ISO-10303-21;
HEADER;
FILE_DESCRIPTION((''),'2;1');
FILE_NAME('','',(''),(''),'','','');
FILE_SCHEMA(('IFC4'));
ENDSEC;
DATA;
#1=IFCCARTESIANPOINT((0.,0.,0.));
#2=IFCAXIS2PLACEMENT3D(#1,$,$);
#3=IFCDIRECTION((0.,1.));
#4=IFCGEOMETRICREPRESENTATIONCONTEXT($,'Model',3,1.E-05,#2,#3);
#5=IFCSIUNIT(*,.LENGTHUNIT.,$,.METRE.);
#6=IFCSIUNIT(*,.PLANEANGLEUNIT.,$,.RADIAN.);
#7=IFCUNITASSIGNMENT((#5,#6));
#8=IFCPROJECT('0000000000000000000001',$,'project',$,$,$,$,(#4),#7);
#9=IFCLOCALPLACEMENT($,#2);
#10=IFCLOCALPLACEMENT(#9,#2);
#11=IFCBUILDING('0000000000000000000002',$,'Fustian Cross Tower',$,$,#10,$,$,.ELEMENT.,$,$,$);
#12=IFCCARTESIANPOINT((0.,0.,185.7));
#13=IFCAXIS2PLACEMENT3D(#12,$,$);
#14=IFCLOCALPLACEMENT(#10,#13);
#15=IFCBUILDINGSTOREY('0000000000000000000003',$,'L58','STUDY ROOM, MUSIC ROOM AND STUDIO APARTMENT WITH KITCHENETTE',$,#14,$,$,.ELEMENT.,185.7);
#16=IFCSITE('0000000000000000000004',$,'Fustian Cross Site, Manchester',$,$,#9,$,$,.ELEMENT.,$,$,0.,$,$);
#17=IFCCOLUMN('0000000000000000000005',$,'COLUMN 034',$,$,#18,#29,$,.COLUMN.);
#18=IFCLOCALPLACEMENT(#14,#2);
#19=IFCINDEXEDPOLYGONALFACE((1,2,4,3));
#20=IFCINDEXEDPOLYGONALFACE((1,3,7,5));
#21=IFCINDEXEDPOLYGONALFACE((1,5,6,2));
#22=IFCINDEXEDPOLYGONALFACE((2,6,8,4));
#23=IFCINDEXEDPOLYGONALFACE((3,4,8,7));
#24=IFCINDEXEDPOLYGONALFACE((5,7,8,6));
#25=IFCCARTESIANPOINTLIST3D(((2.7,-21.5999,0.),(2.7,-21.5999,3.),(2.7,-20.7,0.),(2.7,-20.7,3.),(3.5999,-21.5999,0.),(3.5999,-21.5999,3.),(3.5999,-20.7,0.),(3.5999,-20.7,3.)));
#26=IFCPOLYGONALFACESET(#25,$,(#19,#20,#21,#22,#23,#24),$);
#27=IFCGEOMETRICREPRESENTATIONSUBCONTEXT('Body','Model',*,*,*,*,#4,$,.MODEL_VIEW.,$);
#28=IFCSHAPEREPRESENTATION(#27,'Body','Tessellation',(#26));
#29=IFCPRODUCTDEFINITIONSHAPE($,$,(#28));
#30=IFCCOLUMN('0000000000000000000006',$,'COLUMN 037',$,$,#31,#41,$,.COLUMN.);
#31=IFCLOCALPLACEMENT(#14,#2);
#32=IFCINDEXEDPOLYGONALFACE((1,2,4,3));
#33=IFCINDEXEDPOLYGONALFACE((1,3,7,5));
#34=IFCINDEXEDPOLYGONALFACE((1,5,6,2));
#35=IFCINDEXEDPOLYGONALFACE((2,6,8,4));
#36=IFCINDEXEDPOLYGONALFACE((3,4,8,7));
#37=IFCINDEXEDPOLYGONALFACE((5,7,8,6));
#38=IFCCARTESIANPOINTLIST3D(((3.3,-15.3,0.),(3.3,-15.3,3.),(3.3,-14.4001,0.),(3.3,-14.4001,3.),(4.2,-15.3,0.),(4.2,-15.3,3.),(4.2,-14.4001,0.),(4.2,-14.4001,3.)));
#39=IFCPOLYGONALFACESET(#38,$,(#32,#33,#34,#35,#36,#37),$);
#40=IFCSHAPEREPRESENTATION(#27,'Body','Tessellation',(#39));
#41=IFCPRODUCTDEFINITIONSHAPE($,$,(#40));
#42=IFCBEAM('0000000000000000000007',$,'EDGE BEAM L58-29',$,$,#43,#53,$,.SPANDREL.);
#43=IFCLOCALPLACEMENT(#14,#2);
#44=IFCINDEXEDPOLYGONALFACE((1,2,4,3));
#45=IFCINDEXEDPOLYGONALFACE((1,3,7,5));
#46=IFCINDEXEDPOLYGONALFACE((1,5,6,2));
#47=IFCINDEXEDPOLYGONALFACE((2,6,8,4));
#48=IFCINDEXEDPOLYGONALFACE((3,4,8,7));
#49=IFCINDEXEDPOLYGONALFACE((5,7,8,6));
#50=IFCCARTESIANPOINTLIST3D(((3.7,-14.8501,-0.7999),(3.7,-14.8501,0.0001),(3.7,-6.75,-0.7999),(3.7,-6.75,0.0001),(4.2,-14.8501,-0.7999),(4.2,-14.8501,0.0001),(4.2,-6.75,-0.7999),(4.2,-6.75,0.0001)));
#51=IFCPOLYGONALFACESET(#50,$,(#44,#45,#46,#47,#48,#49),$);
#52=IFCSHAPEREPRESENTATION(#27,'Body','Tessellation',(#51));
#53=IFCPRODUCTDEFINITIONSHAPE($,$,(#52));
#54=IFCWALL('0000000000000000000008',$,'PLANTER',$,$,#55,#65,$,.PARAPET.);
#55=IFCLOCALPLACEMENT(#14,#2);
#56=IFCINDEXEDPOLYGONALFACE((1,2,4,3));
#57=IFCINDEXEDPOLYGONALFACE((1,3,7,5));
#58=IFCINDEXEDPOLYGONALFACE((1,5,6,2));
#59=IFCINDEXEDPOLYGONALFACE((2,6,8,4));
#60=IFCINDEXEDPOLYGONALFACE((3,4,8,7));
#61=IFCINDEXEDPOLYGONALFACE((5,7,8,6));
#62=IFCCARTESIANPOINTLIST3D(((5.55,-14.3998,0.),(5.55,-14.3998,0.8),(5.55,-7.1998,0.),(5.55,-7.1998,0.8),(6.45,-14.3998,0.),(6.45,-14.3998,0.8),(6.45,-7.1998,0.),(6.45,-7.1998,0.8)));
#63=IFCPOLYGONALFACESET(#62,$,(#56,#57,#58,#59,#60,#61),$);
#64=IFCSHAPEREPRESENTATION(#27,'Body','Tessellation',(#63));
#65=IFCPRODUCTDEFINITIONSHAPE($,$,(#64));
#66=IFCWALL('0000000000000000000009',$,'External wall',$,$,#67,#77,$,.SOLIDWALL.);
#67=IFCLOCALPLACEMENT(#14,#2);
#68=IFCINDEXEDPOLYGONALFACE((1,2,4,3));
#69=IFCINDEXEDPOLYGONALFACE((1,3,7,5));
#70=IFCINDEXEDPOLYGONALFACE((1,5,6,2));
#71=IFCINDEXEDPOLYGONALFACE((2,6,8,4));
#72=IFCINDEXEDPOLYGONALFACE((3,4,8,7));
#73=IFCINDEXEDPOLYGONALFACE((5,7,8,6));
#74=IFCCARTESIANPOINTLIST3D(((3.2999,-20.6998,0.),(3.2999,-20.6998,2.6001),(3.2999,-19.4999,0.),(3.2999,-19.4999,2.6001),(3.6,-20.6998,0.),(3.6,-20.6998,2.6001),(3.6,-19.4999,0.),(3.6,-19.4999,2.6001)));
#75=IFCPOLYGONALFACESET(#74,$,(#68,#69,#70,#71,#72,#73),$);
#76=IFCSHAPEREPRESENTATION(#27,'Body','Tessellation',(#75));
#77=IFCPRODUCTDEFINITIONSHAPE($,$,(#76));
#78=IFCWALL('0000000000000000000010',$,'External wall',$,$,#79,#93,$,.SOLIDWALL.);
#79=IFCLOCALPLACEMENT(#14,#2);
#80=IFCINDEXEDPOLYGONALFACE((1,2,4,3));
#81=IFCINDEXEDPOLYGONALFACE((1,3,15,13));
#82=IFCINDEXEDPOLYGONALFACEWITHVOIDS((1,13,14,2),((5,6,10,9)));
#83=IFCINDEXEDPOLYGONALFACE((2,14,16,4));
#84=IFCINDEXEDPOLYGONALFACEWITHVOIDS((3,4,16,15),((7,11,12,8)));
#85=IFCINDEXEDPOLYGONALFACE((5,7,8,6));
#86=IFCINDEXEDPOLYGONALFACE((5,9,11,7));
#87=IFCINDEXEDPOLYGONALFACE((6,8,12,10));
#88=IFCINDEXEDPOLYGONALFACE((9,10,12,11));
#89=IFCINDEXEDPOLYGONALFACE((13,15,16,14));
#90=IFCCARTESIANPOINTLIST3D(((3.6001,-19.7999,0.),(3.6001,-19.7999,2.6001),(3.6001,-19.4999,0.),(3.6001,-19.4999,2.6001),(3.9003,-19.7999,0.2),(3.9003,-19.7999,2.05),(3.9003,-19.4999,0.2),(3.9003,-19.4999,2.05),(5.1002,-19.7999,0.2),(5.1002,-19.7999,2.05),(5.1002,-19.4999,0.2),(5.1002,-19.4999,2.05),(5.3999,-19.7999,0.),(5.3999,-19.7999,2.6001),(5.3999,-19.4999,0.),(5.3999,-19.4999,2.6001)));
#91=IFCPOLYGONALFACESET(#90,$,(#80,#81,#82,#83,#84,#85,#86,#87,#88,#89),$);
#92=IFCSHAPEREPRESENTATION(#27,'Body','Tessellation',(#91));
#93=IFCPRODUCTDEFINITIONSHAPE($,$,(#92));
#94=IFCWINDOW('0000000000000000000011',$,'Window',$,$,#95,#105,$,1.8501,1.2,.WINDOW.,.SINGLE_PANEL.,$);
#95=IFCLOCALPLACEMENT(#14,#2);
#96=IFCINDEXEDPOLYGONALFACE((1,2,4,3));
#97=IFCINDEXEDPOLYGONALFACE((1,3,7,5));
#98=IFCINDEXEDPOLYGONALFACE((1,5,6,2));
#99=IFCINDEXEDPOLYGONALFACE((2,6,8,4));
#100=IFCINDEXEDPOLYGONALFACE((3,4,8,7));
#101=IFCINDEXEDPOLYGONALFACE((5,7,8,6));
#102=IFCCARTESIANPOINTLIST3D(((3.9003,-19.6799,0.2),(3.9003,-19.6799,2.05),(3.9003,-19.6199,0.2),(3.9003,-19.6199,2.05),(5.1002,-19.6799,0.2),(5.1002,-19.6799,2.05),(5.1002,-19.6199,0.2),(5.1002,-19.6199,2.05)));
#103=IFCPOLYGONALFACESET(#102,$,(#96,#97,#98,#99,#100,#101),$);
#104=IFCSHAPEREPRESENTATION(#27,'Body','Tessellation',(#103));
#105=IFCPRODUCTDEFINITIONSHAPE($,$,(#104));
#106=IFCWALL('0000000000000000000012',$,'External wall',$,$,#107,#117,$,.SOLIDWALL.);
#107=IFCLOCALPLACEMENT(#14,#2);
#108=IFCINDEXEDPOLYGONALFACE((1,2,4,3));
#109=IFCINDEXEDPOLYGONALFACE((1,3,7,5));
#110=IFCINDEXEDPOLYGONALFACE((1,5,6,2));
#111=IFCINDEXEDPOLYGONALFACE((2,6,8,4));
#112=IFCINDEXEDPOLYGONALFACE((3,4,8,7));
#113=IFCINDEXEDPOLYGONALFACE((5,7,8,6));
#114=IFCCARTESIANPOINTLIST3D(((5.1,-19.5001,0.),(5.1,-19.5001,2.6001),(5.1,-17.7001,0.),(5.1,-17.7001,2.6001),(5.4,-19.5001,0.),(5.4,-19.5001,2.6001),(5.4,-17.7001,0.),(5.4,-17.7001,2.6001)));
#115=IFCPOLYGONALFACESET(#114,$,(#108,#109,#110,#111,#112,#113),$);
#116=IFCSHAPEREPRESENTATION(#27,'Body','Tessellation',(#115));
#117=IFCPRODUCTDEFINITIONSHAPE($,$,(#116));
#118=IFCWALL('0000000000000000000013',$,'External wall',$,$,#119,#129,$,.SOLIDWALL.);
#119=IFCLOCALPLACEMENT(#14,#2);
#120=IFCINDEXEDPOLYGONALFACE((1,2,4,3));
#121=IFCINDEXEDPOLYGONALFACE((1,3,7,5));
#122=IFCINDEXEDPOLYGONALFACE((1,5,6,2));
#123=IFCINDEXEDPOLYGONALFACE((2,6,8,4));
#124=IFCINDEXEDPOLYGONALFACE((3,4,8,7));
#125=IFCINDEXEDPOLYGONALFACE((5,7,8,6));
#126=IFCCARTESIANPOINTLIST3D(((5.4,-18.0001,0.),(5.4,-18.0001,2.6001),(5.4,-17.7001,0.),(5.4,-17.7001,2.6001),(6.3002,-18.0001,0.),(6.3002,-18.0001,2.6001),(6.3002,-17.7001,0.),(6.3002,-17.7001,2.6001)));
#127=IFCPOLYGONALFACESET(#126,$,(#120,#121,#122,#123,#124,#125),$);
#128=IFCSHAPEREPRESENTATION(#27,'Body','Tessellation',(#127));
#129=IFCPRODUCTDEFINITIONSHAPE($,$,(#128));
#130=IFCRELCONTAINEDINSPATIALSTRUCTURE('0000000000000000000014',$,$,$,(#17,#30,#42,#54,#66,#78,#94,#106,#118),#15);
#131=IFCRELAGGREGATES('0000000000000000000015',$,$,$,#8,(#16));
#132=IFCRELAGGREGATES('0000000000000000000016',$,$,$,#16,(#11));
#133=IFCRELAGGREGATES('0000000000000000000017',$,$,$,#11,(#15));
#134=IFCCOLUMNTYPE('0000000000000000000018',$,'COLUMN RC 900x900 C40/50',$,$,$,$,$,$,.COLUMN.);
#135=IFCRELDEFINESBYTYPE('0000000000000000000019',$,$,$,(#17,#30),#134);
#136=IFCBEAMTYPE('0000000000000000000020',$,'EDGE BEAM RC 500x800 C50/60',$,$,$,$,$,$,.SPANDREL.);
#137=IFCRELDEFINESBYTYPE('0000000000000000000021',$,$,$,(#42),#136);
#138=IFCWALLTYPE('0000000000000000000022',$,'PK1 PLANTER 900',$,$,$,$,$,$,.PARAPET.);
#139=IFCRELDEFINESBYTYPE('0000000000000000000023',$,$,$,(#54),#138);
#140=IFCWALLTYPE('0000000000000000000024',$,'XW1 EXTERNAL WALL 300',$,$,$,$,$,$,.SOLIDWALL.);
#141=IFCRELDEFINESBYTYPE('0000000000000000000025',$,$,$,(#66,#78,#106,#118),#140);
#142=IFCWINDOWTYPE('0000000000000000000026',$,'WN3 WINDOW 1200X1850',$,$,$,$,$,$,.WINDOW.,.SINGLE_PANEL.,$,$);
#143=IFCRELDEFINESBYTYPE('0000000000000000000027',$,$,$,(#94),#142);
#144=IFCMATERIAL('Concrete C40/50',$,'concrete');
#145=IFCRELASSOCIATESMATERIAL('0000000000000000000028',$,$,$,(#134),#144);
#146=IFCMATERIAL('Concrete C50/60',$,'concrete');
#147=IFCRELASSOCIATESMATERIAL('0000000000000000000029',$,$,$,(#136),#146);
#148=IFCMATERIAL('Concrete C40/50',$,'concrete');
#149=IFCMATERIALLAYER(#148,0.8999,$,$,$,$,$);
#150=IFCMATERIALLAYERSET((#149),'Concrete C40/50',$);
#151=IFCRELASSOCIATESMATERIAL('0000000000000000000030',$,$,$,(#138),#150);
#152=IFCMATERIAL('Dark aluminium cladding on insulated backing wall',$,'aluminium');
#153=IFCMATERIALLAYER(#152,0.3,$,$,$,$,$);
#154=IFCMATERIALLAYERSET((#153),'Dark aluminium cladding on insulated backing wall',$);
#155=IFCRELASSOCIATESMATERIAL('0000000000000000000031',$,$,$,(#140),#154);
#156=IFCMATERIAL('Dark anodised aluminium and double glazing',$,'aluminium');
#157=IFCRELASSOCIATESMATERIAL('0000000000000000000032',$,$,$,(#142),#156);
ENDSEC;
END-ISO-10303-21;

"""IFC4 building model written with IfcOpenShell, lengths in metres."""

from ifc_helpers import new_model, si_unit, direction, frame, frame_2d, origin, origin_2d, place, context, subcontext, project, spatial, rectangle, extrude, material, layer, layer_set, material_profile, profile_set, type_object, element, fill, save


model = new_model("IFC4")

# Units and contexts
model_context = context("Model", 3, precision=1e-05, world=origin(), true_north=direction((0.0, 1.0)))
body_context = subcontext(model_context, "Body", "Model", "MODEL_VIEW")
ifc_project = project(units=[si_unit("LENGTHUNIT", "METRE"), si_unit("PLANEANGLEUNIT", "RADIAN")], contexts=[model_context])

# Site, building, storey
site_placement = place(None, origin())
site = spatial("IfcSite", under=ifc_project, at=site_placement, Name="Fustian Cross Site, Manchester", CompositionType="ELEMENT", RefElevation=0.0)
building_placement = place(site_placement, origin())
building = spatial("IfcBuilding", under=site, at=building_placement, Name="Fustian Cross Tower", CompositionType="ELEMENT")
storey_placement = place(building_placement, frame((0.0, 0.0, 185.7)))
storey = spatial("IfcBuildingStorey", under=building, at=storey_placement, Name="L58", Description="STUDY ROOM, MUSIC ROOM AND STUDIO APARTMENT WITH KITCHENETTE", CompositionType="ELEMENT", Elevation=185.7)

# Columns
ifc_material_1 = material(Name="Concrete C40/50", Category="concrete")
ifc_material_profile_1 = material_profile(ifc_material_1, rectangle(XDim=0.8999, YDim=0.8999, at=origin_2d()), Name="RC 900x900")
ifc_profile_set_1 = profile_set([ifc_material_profile_1], Name="Concrete C40/50")
column_type = type_object("IfcColumnType", Name="COLUMN RC 900x900 C40/50", PredefinedType="COLUMN", material=ifc_profile_set_1)
for number, where, z_axis, x_axis, name in (
    (1, (3.1499, -21.1499, 0.0), (0.0, 0.0, 1.0), (1.0, 0.0, 0.0), "COLUMN 034"),
    (2, (3.75, -14.8501, 0.0), (0.0, 0.0, 1.0), (1.0, 0.0, 0.0), "COLUMN 037"),
):
    element("IfcColumn", number, at=place(storey_placement, frame(where, z_axis=z_axis, x_axis=x_axis)), inside=storey, type_object=column_type, Name=name, PredefinedType="COLUMN", context=body_context, shape_type="SweptSolid", body=[
        extrude(rectangle(XDim=0.8999, YDim=0.8999, at=origin_2d()), origin(), (0.0, 0.0, 1.0), 3.0),
    ])

# Beam
ifc_material_2 = material(Name="Concrete C50/60", Category="concrete")
ifc_material_profile_2 = material_profile(ifc_material_2, rectangle(XDim=0.5, YDim=0.8, at=origin_2d()), Name="RC 500x800")
ifc_profile_set_2 = profile_set([ifc_material_profile_2], Name="Concrete C50/60")
beam_type = type_object("IfcBeamType", Name="EDGE BEAM RC 500x800 C50/60", PredefinedType="SPANDREL", material=ifc_profile_set_2)
beam_placement = place(storey_placement, frame((3.95, -14.8501, -0.3999), z_axis=(0.0, 1.0, 0.0), x_axis=(-1.0, 0.0, 0.0)))
element("IfcBeam", 3, at=beam_placement, inside=storey, type_object=beam_type, Name="EDGE BEAM L58-29", PredefinedType="SPANDREL", context=body_context, shape_type="SweptSolid", body=[
    extrude(rectangle(XDim=0.5, YDim=0.8, at=origin_2d()), origin(), (0.0, 0.0, 1.0), 8.1001),
])

# Walls
ifc_material_3 = material(Name="Concrete C40/50", Category="concrete")
ifc_layer_1 = layer(ifc_material_3, 0.8999)
ifc_layer_set_1 = layer_set([ifc_layer_1], Name="Concrete C40/50")
wall_type_1 = type_object("IfcWallType", Name="PK1 PLANTER 900", PredefinedType="PARAPET", material=ifc_layer_set_1)
wall_1_placement = place(storey_placement, frame((6.0, -14.3999, 0.0), z_axis=(0.0, 0.0, 1.0), x_axis=(0.0, 1.0, 0.0)))
element("IfcWall", 4, at=wall_1_placement, inside=storey, type_object=wall_type_1, Name="PLANTER", PredefinedType="PARAPET", context=body_context, shape_type="SweptSolid", body=[
    extrude(rectangle(XDim=7.2, YDim=0.8999, at=frame_2d((3.6001, 0.0))), origin(), (0.0, 0.0, 1.0), 0.8),
])
ifc_material_4 = material(Name="Dark aluminium cladding on insulated backing wall", Category="aluminium")
ifc_layer_2 = layer(ifc_material_4, 0.3)
ifc_layer_set_2 = layer_set([ifc_layer_2], Name="Dark aluminium cladding on insulated backing wall")
wall_type_2 = type_object("IfcWallType", Name="XW1 EXTERNAL WALL 300", PredefinedType="SOLIDWALL", material=ifc_layer_set_2)
wall_2_placement = place(storey_placement, frame((3.45, -20.7, 0.0), z_axis=(0.0, 0.0, 1.0), x_axis=(0.0, 1.0, 0.0)))
element("IfcWall", 5, at=wall_2_placement, inside=storey, type_object=wall_type_2, Name="External wall", PredefinedType="SOLIDWALL", context=body_context, shape_type="SweptSolid", body=[
    extrude(rectangle(XDim=1.2, YDim=0.3, at=frame_2d((0.6001, 0.0))), origin(), (0.0, 0.0, 1.0), 2.6001),
])

# Wall, opening, window
wall_3_placement = place(storey_placement, frame((3.6001, -19.6499, 0.0), z_axis=(0.0, 0.0, 1.0), x_axis=(1.0, 0.0, 0.0)))
wall_3 = element("IfcWall", 6, at=wall_3_placement, inside=storey, type_object=wall_type_2, Name="External wall", PredefinedType="SOLIDWALL", context=body_context, shape_type="SweptSolid", body=[
    extrude(rectangle(XDim=1.7998, YDim=0.3, at=frame_2d((0.8999, 0.0))), origin(), (0.0, 0.0, 1.0), 2.6001),
])
opening_1_placement = place(wall_3_placement, frame((0.3, 0.0, 0.2)))
opening_1 = element("IfcOpeningElement", 7, at=opening_1_placement, cuts=wall_3, PredefinedType="OPENING", context=body_context, shape_type="SweptSolid", body=[
    extrude(rectangle(XDim=1.2, YDim=1.8501, at=frame_2d((0.6001, 0.925))), frame((0.0, 0.1599, 0.0), z_axis=(0.0, -1.0, 0.0), x_axis=(1.0, 0.0, 0.0)), (0.0, 0.0, 1.0), 0.3201),
])
ifc_material_5 = material(Name="Dark anodised aluminium and double glazing", Category="aluminium")
window_type_1 = type_object("IfcWindowType", Name="WN3 WINDOW 1200X1850", PartitioningType="SINGLE_PANEL", PredefinedType="WINDOW", material=ifc_material_5)
window_1_placement = place(opening_1_placement, origin())
window_1 = element("IfcWindow", 8, at=window_1_placement, inside=storey, type_object=window_type_1, Name="Window", OverallHeight=1.8501, OverallWidth=1.2, PartitioningType="SINGLE_PANEL", PredefinedType="WINDOW", context=body_context, shape_type="SweptSolid", body=[
    extrude(rectangle(XDim=1.2, YDim=1.8501, at=frame_2d((0.6001, 0.925))), frame((0.0, 0.03, 0.0), z_axis=(0.0, -1.0, 0.0), x_axis=(1.0, 0.0, 0.0)), (0.0, 0.0, 1.0), 0.0601),
])
fill(opening_1, window_1)

# Walls
wall_4_placement = place(storey_placement, frame((5.25, -19.5, 0.0), z_axis=(0.0, 0.0, 1.0), x_axis=(0.0, 1.0, 0.0)))
element("IfcWall", 9, at=wall_4_placement, inside=storey, type_object=wall_type_2, Name="External wall", PredefinedType="SOLIDWALL", context=body_context, shape_type="SweptSolid", body=[
    extrude(rectangle(XDim=1.8, YDim=0.3, at=frame_2d((0.8999, 0.0))), origin(), (0.0, 0.0, 1.0), 2.6001),
])
wall_5_placement = place(storey_placement, frame((5.3999, -17.8501, 0.0), z_axis=(0.0, 0.0, 1.0), x_axis=(1.0, 0.0, 0.0)))
element("IfcWall", 10, at=wall_5_placement, inside=storey, type_object=wall_type_2, Name="External wall", PredefinedType="SOLIDWALL", context=body_context, shape_type="SweptSolid", body=[
    extrude(rectangle(XDim=0.9001, YDim=0.3, at=frame_2d((0.4502, 0.0))), origin(), (0.0, 0.0, 1.0), 2.6001),
])

save(model, "model.ifc")
